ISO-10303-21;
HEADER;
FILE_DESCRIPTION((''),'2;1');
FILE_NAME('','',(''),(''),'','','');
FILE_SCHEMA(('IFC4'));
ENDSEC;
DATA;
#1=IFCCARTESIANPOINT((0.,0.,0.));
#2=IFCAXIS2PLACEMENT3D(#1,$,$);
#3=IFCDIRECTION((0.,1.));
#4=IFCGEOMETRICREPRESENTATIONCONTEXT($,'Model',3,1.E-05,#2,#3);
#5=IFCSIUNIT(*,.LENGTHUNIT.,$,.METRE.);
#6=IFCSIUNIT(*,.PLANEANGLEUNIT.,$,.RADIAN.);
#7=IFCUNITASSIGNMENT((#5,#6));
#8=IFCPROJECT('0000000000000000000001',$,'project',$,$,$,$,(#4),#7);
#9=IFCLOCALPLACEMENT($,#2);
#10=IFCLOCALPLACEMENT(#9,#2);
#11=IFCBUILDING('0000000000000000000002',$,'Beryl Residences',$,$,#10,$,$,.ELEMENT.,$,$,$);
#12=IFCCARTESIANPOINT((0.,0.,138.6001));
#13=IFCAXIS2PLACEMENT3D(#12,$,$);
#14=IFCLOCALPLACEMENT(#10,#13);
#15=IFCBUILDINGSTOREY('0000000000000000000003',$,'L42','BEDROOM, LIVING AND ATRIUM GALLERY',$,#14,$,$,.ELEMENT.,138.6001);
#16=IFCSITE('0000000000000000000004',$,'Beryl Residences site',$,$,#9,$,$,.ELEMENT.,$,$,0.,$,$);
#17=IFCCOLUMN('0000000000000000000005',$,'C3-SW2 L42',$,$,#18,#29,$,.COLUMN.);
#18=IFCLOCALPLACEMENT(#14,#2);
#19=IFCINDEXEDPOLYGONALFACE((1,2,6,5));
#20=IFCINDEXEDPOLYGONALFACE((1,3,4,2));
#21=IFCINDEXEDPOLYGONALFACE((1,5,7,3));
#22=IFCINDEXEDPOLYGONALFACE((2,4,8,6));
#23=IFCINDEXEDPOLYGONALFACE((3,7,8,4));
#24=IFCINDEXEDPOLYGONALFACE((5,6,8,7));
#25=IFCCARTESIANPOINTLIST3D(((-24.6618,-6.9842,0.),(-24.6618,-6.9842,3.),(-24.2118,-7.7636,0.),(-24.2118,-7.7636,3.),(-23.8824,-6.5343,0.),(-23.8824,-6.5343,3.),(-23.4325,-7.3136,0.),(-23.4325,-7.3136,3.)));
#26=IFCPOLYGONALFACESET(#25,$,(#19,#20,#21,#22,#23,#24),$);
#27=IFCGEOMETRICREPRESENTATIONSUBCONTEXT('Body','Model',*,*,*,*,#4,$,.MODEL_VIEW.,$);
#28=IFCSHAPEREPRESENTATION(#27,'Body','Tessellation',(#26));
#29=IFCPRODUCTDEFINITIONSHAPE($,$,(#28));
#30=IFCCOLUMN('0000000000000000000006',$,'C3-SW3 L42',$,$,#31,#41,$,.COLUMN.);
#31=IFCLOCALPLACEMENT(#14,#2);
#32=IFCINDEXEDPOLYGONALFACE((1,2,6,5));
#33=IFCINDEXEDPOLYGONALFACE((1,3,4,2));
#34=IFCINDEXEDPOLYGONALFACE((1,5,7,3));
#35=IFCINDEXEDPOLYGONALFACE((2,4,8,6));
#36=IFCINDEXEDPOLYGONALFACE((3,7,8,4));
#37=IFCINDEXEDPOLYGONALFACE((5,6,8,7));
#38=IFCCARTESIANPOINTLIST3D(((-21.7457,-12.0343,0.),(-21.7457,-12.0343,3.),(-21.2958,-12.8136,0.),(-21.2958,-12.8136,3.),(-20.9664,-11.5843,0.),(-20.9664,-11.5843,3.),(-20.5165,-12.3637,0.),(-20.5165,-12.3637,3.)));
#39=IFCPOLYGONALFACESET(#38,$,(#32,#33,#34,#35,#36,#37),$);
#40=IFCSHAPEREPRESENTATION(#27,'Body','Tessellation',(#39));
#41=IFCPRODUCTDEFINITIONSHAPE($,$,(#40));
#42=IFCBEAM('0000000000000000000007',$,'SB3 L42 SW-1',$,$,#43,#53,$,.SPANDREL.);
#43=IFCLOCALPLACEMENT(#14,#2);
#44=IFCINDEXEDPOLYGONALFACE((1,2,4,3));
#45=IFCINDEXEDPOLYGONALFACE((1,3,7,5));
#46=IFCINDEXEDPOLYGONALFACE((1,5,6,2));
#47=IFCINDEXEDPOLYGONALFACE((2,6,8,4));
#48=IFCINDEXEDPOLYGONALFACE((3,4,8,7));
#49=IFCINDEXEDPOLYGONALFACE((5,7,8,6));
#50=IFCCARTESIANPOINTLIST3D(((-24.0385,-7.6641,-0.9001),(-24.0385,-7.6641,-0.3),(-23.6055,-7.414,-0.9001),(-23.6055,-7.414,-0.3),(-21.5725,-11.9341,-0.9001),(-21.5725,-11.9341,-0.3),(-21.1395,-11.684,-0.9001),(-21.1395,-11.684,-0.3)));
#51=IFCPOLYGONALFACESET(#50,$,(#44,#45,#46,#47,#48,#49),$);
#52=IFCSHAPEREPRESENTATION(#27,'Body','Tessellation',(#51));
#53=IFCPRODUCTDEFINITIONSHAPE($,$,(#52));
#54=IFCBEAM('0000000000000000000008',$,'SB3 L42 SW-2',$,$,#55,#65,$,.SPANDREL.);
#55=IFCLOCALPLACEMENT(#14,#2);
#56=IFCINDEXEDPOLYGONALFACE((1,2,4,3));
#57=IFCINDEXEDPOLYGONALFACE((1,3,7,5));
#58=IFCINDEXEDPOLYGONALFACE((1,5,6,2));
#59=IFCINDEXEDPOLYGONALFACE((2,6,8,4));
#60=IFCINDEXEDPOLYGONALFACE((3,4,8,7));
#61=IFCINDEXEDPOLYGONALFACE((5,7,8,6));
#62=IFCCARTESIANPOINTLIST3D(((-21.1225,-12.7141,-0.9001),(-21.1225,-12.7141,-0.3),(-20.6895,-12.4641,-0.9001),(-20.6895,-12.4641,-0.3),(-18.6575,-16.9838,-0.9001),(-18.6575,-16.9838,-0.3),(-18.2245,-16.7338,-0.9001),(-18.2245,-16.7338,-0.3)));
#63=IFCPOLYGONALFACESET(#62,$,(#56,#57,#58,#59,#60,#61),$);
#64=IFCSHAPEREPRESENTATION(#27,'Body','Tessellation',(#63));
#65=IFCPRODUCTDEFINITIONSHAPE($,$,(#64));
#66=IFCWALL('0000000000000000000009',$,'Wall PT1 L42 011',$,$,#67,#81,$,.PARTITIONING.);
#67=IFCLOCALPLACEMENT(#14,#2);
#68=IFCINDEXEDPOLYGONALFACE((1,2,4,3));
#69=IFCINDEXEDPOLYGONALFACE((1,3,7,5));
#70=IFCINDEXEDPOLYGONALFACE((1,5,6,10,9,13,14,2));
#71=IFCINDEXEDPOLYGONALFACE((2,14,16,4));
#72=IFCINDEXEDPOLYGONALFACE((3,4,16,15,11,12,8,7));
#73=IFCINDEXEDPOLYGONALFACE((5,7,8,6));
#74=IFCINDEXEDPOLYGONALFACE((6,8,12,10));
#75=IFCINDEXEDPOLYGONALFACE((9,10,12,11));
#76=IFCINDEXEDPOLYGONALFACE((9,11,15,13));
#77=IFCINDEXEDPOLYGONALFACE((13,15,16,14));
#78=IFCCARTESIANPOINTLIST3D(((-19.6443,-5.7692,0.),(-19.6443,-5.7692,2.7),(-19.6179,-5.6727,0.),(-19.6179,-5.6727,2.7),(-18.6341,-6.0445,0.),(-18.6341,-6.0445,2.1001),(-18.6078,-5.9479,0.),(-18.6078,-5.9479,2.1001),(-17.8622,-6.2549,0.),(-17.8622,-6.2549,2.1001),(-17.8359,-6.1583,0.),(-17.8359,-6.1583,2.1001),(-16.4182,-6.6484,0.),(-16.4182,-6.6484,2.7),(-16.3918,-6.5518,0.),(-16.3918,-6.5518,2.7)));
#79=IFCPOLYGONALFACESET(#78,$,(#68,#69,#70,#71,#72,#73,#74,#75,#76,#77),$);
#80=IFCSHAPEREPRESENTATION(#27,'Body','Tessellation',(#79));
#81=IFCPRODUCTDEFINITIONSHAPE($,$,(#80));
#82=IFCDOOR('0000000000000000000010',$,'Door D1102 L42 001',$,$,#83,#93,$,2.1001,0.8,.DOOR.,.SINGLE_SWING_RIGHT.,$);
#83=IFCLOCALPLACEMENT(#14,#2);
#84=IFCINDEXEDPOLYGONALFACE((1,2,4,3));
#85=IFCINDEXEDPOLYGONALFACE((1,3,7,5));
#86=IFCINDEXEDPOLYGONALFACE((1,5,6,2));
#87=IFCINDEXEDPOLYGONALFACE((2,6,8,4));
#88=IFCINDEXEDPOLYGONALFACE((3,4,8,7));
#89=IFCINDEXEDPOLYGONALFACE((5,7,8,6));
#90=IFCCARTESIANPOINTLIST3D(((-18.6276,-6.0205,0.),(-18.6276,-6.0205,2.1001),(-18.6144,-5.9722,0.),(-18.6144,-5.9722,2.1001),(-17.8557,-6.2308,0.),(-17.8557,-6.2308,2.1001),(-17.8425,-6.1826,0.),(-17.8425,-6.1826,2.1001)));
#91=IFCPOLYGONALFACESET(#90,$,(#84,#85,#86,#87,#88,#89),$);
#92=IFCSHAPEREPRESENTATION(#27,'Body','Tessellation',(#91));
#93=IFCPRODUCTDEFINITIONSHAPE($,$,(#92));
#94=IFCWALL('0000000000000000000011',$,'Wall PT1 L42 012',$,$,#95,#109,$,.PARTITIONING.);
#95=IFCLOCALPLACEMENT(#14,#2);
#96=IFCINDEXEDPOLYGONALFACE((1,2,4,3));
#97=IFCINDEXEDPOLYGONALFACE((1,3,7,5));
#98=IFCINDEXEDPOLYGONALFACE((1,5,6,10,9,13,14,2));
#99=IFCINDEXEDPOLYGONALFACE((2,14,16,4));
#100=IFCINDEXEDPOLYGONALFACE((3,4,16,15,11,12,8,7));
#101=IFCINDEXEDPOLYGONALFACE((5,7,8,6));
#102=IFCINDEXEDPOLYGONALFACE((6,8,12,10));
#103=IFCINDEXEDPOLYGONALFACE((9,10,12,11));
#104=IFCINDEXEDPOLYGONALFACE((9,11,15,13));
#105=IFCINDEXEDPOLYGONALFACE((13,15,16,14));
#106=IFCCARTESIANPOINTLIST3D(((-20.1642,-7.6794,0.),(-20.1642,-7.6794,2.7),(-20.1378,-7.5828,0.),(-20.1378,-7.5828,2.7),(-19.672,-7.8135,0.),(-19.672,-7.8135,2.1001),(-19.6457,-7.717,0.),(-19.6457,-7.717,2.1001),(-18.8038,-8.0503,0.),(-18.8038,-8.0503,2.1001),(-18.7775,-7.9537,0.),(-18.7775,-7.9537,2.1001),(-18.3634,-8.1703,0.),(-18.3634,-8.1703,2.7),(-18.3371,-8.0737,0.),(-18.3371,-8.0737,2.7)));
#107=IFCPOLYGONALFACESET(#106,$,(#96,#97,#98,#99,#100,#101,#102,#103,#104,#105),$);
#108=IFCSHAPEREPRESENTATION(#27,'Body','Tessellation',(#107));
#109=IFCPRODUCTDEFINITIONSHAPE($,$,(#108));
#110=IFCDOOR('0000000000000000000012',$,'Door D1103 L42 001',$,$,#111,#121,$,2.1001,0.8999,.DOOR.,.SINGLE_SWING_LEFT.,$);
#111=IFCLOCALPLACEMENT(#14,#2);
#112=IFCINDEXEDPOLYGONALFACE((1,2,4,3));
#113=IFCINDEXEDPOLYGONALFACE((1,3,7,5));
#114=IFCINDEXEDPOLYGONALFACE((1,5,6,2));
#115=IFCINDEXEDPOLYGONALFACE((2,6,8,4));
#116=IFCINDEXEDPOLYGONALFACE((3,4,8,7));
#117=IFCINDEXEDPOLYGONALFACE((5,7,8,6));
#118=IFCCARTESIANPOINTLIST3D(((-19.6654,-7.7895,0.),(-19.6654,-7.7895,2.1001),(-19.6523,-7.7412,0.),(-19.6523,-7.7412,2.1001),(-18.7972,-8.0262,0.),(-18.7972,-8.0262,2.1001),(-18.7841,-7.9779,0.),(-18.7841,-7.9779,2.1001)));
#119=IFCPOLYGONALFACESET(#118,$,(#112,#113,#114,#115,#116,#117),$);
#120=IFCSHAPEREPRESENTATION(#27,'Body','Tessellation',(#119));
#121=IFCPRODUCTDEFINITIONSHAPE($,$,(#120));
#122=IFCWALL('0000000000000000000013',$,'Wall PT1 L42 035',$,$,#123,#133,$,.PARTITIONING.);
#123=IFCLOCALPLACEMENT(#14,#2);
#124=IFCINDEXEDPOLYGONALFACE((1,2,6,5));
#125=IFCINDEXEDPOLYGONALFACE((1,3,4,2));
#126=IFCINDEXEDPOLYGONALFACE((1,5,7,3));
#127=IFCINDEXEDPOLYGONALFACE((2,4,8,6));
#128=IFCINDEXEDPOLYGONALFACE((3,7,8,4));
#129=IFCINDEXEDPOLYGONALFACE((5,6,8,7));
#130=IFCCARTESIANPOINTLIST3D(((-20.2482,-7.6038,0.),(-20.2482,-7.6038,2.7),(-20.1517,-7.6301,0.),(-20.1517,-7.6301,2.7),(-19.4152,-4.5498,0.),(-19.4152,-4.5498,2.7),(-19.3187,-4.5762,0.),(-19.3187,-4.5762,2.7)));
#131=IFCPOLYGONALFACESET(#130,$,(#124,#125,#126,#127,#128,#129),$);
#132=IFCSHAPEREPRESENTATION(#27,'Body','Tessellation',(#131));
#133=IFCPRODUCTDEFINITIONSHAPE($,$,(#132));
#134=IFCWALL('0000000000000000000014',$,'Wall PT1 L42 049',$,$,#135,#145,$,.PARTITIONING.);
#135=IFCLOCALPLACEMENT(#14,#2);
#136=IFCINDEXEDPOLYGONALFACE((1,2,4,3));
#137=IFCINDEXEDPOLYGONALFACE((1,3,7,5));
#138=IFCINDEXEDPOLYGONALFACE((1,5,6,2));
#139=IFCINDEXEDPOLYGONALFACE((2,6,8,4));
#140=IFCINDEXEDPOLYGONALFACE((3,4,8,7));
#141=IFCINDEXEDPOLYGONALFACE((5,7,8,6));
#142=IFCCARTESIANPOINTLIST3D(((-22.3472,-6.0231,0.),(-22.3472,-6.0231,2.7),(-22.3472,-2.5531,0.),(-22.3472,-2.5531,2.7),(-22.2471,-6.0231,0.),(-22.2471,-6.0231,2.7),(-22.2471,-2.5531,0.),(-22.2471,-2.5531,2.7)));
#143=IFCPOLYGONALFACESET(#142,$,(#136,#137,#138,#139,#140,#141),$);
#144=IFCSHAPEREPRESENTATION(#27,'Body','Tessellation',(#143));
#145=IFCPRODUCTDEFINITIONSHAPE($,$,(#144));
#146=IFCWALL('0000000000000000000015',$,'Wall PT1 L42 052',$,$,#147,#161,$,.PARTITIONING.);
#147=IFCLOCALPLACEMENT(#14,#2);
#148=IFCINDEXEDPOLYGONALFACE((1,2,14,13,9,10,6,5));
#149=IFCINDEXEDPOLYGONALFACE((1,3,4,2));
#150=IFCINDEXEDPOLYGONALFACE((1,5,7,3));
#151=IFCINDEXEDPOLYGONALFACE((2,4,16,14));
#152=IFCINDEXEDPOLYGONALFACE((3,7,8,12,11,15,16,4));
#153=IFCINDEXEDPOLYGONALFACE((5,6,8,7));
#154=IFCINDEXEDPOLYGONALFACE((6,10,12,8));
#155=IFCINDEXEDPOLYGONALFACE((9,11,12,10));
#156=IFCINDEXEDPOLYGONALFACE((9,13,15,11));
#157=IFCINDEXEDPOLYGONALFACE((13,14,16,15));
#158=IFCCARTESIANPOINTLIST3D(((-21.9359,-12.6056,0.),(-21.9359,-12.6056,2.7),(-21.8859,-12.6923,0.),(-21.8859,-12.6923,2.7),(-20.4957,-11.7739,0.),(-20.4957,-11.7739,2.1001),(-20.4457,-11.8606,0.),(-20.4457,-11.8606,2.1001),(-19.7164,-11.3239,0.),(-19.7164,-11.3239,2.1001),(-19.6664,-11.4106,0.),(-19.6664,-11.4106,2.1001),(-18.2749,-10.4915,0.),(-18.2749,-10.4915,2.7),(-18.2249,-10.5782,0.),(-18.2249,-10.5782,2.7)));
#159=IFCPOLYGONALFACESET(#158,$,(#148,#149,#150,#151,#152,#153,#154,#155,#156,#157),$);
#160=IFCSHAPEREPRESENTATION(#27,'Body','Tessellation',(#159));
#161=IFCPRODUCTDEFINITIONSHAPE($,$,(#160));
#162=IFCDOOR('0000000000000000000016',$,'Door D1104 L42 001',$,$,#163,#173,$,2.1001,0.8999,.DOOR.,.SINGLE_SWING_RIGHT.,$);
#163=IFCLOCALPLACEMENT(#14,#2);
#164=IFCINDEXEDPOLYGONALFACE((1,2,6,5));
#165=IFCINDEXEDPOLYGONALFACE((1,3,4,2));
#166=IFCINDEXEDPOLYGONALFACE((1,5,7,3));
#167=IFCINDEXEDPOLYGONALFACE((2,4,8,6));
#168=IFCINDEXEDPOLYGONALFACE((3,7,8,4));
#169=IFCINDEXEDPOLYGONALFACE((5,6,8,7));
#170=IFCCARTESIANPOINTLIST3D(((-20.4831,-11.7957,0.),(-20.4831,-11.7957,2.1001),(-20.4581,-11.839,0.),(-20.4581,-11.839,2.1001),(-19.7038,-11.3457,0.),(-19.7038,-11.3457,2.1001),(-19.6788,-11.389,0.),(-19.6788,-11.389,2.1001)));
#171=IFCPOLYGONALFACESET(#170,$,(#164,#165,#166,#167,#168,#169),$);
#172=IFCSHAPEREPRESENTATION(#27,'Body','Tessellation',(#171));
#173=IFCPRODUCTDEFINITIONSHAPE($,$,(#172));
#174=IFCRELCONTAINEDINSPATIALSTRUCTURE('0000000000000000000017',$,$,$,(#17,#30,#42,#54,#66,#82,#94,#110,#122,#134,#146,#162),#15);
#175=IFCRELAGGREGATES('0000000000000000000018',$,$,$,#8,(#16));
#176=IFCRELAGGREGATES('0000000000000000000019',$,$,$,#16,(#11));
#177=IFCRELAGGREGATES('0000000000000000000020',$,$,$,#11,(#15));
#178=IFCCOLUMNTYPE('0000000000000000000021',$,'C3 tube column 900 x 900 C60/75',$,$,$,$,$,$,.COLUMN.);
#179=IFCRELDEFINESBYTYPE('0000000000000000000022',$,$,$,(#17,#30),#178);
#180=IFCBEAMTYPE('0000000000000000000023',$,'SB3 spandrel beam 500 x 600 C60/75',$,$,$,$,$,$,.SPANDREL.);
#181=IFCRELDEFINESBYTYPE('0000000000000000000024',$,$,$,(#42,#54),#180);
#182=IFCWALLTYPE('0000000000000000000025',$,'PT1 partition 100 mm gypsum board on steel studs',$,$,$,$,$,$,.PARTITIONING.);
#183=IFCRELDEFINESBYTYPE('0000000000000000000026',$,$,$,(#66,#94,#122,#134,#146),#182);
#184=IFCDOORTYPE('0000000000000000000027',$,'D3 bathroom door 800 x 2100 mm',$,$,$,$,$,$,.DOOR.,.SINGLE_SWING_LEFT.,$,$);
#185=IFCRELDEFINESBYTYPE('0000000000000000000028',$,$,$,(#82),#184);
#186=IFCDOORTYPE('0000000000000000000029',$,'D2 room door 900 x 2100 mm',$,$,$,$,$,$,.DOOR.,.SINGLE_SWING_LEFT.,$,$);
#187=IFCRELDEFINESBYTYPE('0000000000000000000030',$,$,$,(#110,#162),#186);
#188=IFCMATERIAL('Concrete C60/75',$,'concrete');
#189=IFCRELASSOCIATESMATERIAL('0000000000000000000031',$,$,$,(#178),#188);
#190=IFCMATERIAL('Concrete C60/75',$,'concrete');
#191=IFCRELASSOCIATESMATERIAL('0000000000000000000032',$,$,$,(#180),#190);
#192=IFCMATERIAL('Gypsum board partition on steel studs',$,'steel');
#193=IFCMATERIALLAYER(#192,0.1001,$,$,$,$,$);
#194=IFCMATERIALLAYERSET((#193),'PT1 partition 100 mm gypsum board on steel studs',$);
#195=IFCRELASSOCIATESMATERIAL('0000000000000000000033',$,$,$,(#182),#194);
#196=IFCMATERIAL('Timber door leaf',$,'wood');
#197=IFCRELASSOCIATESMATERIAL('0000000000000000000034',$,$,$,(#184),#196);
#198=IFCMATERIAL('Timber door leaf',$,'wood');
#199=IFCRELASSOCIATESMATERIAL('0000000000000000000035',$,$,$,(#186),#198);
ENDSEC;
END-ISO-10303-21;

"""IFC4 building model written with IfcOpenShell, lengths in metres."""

from ifc_helpers import new_model, si_unit, direction, frame, frame_2d, origin, origin_2d, place, context, subcontext, project, spatial, rectangle, extrude, material, layer, layer_set, material_profile, profile_set, type_object, element, fill, save


model = new_model("IFC4")

# Units and contexts
model_context = context("Model", 3, precision=1e-05, world=origin(), true_north=direction((0.0, 1.0)))
body_context = subcontext(model_context, "Body", "Model", "MODEL_VIEW")
ifc_project = project(units=[si_unit("LENGTHUNIT", "METRE"), si_unit("PLANEANGLEUNIT", "RADIAN")], contexts=[model_context])

# Site, building, storey
site_placement = place(None, origin())
site = spatial("IfcSite", under=ifc_project, at=site_placement, Name="Beryl Residences site", CompositionType="ELEMENT", RefElevation=0.0)
building_placement = place(site_placement, origin())
building = spatial("IfcBuilding", under=site, at=building_placement, Name="Beryl Residences", CompositionType="ELEMENT")
storey_placement = place(building_placement, frame((0.0, 0.0, 138.6001)))
storey = spatial("IfcBuildingStorey", under=building, at=storey_placement, Name="L42", Description="BEDROOM, LIVING AND ATRIUM GALLERY", CompositionType="ELEMENT", Elevation=138.6001)

# Columns
ifc_material_1 = material(Name="Concrete C60/75", Category="concrete")
ifc_material_profile_1 = material_profile(ifc_material_1, rectangle(XDim=0.8999, YDim=0.8999, at=origin_2d()))
ifc_profile_set_1 = profile_set([ifc_material_profile_1], Name="Concrete C60/75")
column_type = type_object("IfcColumnType", Name="C3 tube column 900 x 900 C60/75", PredefinedType="COLUMN", material=ifc_profile_set_1)
for number, where, z_axis, x_axis, name in (
    (1, (-24.0471, -7.1489, 0.0), (0.0, 0.0, 1.0), (0.5, -0.866025, 0.0), "C3-SW2 L42"),
    (2, (-21.1311, -12.199, 0.0), (0.0, 0.0, 1.0), (0.5, -0.866025, 0.0), "C3-SW3 L42"),
):
    element("IfcColumn", number, at=place(storey_placement, frame(where, z_axis=z_axis, x_axis=x_axis)), inside=storey, type_object=column_type, Name=name, PredefinedType="COLUMN", context=body_context, shape_type="SweptSolid", body=[
        extrude(rectangle(XDim=0.8999, YDim=0.8999, at=origin_2d()), origin(), (0.0, 0.0, 1.0), 3.0),
    ])

# Beams
ifc_material_2 = material(Name="Concrete C60/75", Category="concrete")
ifc_material_profile_2 = material_profile(ifc_material_2, rectangle(XDim=0.5, YDim=0.6001, at=origin_2d()))
ifc_profile_set_2 = profile_set([ifc_material_profile_2], Name="Concrete C60/75")
beam_type = type_object("IfcBeamType", Name="SB3 spandrel beam 500 x 600 C60/75", PredefinedType="SPANDREL", material=ifc_profile_set_2)
beam_1_placement = place(storey_placement, frame((-23.822, -7.5391, -0.6001), z_axis=(0.500117, -0.865958, 0.0), x_axis=(0.865958, 0.500117, 0.0)))
element("IfcBeam", 3, at=beam_1_placement, inside=storey, type_object=beam_type, Name="SB3 L42 SW-1", PredefinedType="SPANDREL", context=body_context, shape_type="SweptSolid", body=[
    extrude(rectangle(XDim=0.5, YDim=0.6001, at=origin_2d()), origin(), (0.0, 0.0, 1.0), 4.9309),
])
beam_2_placement = place(storey_placement, frame((-20.906, -12.5891, -0.6001), z_axis=(0.49999, -0.866031, 0.0), x_axis=(0.866031, 0.49999, 0.0)))
element("IfcBeam", 4, at=beam_2_placement, inside=storey, type_object=beam_type, Name="SB3 L42 SW-2", PredefinedType="SPANDREL", context=body_context, shape_type="SweptSolid", body=[
    extrude(rectangle(XDim=0.5, YDim=0.6001, at=origin_2d()), origin(), (0.0, 0.0, 1.0), 4.9302),
])

# Walls, openings, doors
ifc_material_3 = material(Name="Gypsum board partition on steel studs", Category="steel")
ifc_layer_1 = layer(ifc_material_3, 0.1001)
ifc_layer_set_1 = layer_set([ifc_layer_1], Name="PT1 partition 100 mm gypsum board on steel studs")
wall_type_1 = type_object("IfcWallType", Name="PT1 partition 100 mm gypsum board on steel studs", PredefinedType="PARTITIONING", material=ifc_layer_set_1)
wall_1_placement = place(storey_placement, frame((-19.6311, -5.7209, 0.0), z_axis=(0.0, 0.0, 1.0), x_axis=(0.964816, -0.262926, 0.0)))
wall_1 = element("IfcWall", 5, at=wall_1_placement, inside=storey, type_object=wall_type_1, Name="Wall PT1 L42 011", PredefinedType="PARTITIONING", context=body_context, shape_type="SweptSolid", body=[
    extrude(rectangle(XDim=3.3438, YDim=0.1001, at=frame_2d((1.6719, 0.0))), origin(), (0.0, 0.0, 1.0), 2.7),
])
opening_1_placement = place(wall_1_placement, frame((1.0471, 0.0, 0.0)))
opening_1 = element("IfcOpeningElement", 6, at=opening_1_placement, cuts=wall_1, PredefinedType="OPENING", context=body_context, shape_type="SweptSolid", body=[
    extrude(rectangle(XDim=0.8, YDim=2.1001, at=frame_2d((0.3999, 1.05))), frame((0.0, 0.0601, 0.0), z_axis=(0.0, -1.0, 0.0), x_axis=(1.0, 0.0, 0.0)), (0.0, 0.0, 1.0), 0.1201),
])
ifc_material_4 = material(Name="Timber door leaf", Category="wood")
door_type_1 = type_object("IfcDoorType", Name="D3 bathroom door 800 x 2100 mm", OperationType="SINGLE_SWING_LEFT", PredefinedType="DOOR", material=ifc_material_4)
door_1_placement = place(opening_1_placement, origin())
door_1 = element("IfcDoor", 7, at=door_1_placement, inside=storey, type_object=door_type_1, Name="Door D1102 L42 001", OperationType="SINGLE_SWING_RIGHT", OverallHeight=2.1001, OverallWidth=0.8, PredefinedType="DOOR", context=body_context, shape_type="SweptSolid", body=[
    extrude(rectangle(XDim=0.8, YDim=2.1001, at=frame_2d((0.3999, 1.05))), frame((0.0, 0.0249, 0.0), z_axis=(0.0, -1.0, 0.0), x_axis=(1.0, 0.0, 0.0)), (0.0, 0.0, 1.0), 0.05),
])
fill(opening_1, door_1)
wall_2_placement = place(storey_placement, frame((-20.1509, -7.6311, 0.0), z_axis=(0.0, 0.0, 1.0), x_axis=(0.964785, -0.26304, 0.0)))
wall_2 = element("IfcWall", 8, at=wall_2_placement, inside=storey, type_object=wall_type_1, Name="Wall PT1 L42 012", PredefinedType="PARTITIONING", context=body_context, shape_type="SweptSolid", body=[
    extrude(rectangle(XDim=1.8665, YDim=0.1001, at=frame_2d((0.9331, 0.0))), origin(), (0.0, 0.0, 1.0), 2.7),
])
opening_2_placement = place(wall_2_placement, frame((0.51, 0.0, 0.0)))
opening_2 = element("IfcOpeningElement", 9, at=opening_2_placement, cuts=wall_2, PredefinedType="OPENING", context=body_context, shape_type="SweptSolid", body=[
    extrude(rectangle(XDim=0.8999, YDim=2.1001, at=frame_2d((0.45, 1.05))), frame((0.0, 0.0601, 0.0), z_axis=(0.0, -1.0, 0.0), x_axis=(1.0, 0.0, 0.0)), (0.0, 0.0, 1.0), 0.1201),
])
ifc_material_5 = material(Name="Timber door leaf", Category="wood")
door_type_2 = type_object("IfcDoorType", Name="D2 room door 900 x 2100 mm", OperationType="SINGLE_SWING_LEFT", PredefinedType="DOOR", material=ifc_material_5)
door_2_placement = place(opening_2_placement, origin())
door_2 = element("IfcDoor", 10, at=door_2_placement, inside=storey, type_object=door_type_2, Name="Door D1103 L42 001", OperationType="SINGLE_SWING_LEFT", OverallHeight=2.1001, OverallWidth=0.8999, PredefinedType="DOOR", context=body_context, shape_type="SweptSolid", body=[
    extrude(rectangle(XDim=0.8999, YDim=2.1001, at=frame_2d((0.45, 1.05))), frame((0.0, 0.0249, 0.0), z_axis=(0.0, -1.0, 0.0), x_axis=(1.0, 0.0, 0.0)), (0.0, 0.0, 1.0), 0.05),
])
fill(opening_2, door_2)

# Walls
wall_3_placement = place(storey_placement, frame((-20.2, -7.6169, 0.0), z_axis=(0.0, 0.0, 1.0), x_axis=(0.26315, 0.964755, 0.0)))
element("IfcWall", 11, at=wall_3_placement, inside=storey, type_object=wall_type_1, Name="Wall PT1 L42 035", PredefinedType="PARTITIONING", context=body_context, shape_type="SweptSolid", body=[
    extrude(rectangle(XDim=3.1655, YDim=0.1001, at=frame_2d((1.5828, 0.0))), origin(), (0.0, 0.0, 1.0), 2.7),
])
wall_4_placement = place(storey_placement, frame((-22.2971, -6.0229, 0.0), z_axis=(0.0, 0.0, 1.0), x_axis=(0.0, 1.0, 0.0)))
element("IfcWall", 12, at=wall_4_placement, inside=storey, type_object=wall_type_1, Name="Wall PT1 L42 049", PredefinedType="PARTITIONING", context=body_context, shape_type="SweptSolid", body=[
    extrude(rectangle(XDim=3.47, YDim=0.1001, at=frame_2d((1.7349, 0.0))), origin(), (0.0, 0.0, 1.0), 2.7),
])

# Wall, opening, door
wall_5_placement = place(storey_placement, frame((-21.9109, -12.6489, 0.0), z_axis=(0.0, 0.0, 1.0), x_axis=(0.865985, 0.500071, 0.0)))
wall_5 = element("IfcWall", 13, at=wall_5_placement, inside=storey, type_object=wall_type_1, Name="Wall PT1 L42 052", PredefinedType="PARTITIONING", context=body_context, shape_type="SweptSolid", body=[
    extrude(rectangle(XDim=4.2275, YDim=0.1001, at=frame_2d((2.1138, 0.0))), origin(), (0.0, 0.0, 1.0), 2.7),
])
opening_3_placement = place(wall_5_placement, frame((1.6631, 0.0, 0.0)))
opening_3 = element("IfcOpeningElement", 14, at=opening_3_placement, cuts=wall_5, PredefinedType="OPENING", context=body_context, shape_type="SweptSolid", body=[
    extrude(rectangle(XDim=0.8999, YDim=2.1001, at=frame_2d((0.45, 1.05))), frame((0.0, 0.0601, 0.0), z_axis=(0.0, -1.0, 0.0), x_axis=(1.0, 0.0, 0.0)), (0.0, 0.0, 1.0), 0.1201),
])
door_3_placement = place(opening_3_placement, origin())
door_3 = element("IfcDoor", 15, at=door_3_placement, inside=storey, type_object=door_type_2, Name="Door D1104 L42 001", OperationType="SINGLE_SWING_RIGHT", OverallHeight=2.1001, OverallWidth=0.8999, PredefinedType="DOOR", context=body_context, shape_type="SweptSolid", body=[
    extrude(rectangle(XDim=0.8999, YDim=2.1001, at=frame_2d((0.45, 1.05))), frame((0.0, 0.0249, 0.0), z_axis=(0.0, -1.0, 0.0), x_axis=(1.0, 0.0, 0.0)), (0.0, 0.0, 1.0), 0.05),
])
fill(opening_3, door_3)

save(model, "model.ifc")
